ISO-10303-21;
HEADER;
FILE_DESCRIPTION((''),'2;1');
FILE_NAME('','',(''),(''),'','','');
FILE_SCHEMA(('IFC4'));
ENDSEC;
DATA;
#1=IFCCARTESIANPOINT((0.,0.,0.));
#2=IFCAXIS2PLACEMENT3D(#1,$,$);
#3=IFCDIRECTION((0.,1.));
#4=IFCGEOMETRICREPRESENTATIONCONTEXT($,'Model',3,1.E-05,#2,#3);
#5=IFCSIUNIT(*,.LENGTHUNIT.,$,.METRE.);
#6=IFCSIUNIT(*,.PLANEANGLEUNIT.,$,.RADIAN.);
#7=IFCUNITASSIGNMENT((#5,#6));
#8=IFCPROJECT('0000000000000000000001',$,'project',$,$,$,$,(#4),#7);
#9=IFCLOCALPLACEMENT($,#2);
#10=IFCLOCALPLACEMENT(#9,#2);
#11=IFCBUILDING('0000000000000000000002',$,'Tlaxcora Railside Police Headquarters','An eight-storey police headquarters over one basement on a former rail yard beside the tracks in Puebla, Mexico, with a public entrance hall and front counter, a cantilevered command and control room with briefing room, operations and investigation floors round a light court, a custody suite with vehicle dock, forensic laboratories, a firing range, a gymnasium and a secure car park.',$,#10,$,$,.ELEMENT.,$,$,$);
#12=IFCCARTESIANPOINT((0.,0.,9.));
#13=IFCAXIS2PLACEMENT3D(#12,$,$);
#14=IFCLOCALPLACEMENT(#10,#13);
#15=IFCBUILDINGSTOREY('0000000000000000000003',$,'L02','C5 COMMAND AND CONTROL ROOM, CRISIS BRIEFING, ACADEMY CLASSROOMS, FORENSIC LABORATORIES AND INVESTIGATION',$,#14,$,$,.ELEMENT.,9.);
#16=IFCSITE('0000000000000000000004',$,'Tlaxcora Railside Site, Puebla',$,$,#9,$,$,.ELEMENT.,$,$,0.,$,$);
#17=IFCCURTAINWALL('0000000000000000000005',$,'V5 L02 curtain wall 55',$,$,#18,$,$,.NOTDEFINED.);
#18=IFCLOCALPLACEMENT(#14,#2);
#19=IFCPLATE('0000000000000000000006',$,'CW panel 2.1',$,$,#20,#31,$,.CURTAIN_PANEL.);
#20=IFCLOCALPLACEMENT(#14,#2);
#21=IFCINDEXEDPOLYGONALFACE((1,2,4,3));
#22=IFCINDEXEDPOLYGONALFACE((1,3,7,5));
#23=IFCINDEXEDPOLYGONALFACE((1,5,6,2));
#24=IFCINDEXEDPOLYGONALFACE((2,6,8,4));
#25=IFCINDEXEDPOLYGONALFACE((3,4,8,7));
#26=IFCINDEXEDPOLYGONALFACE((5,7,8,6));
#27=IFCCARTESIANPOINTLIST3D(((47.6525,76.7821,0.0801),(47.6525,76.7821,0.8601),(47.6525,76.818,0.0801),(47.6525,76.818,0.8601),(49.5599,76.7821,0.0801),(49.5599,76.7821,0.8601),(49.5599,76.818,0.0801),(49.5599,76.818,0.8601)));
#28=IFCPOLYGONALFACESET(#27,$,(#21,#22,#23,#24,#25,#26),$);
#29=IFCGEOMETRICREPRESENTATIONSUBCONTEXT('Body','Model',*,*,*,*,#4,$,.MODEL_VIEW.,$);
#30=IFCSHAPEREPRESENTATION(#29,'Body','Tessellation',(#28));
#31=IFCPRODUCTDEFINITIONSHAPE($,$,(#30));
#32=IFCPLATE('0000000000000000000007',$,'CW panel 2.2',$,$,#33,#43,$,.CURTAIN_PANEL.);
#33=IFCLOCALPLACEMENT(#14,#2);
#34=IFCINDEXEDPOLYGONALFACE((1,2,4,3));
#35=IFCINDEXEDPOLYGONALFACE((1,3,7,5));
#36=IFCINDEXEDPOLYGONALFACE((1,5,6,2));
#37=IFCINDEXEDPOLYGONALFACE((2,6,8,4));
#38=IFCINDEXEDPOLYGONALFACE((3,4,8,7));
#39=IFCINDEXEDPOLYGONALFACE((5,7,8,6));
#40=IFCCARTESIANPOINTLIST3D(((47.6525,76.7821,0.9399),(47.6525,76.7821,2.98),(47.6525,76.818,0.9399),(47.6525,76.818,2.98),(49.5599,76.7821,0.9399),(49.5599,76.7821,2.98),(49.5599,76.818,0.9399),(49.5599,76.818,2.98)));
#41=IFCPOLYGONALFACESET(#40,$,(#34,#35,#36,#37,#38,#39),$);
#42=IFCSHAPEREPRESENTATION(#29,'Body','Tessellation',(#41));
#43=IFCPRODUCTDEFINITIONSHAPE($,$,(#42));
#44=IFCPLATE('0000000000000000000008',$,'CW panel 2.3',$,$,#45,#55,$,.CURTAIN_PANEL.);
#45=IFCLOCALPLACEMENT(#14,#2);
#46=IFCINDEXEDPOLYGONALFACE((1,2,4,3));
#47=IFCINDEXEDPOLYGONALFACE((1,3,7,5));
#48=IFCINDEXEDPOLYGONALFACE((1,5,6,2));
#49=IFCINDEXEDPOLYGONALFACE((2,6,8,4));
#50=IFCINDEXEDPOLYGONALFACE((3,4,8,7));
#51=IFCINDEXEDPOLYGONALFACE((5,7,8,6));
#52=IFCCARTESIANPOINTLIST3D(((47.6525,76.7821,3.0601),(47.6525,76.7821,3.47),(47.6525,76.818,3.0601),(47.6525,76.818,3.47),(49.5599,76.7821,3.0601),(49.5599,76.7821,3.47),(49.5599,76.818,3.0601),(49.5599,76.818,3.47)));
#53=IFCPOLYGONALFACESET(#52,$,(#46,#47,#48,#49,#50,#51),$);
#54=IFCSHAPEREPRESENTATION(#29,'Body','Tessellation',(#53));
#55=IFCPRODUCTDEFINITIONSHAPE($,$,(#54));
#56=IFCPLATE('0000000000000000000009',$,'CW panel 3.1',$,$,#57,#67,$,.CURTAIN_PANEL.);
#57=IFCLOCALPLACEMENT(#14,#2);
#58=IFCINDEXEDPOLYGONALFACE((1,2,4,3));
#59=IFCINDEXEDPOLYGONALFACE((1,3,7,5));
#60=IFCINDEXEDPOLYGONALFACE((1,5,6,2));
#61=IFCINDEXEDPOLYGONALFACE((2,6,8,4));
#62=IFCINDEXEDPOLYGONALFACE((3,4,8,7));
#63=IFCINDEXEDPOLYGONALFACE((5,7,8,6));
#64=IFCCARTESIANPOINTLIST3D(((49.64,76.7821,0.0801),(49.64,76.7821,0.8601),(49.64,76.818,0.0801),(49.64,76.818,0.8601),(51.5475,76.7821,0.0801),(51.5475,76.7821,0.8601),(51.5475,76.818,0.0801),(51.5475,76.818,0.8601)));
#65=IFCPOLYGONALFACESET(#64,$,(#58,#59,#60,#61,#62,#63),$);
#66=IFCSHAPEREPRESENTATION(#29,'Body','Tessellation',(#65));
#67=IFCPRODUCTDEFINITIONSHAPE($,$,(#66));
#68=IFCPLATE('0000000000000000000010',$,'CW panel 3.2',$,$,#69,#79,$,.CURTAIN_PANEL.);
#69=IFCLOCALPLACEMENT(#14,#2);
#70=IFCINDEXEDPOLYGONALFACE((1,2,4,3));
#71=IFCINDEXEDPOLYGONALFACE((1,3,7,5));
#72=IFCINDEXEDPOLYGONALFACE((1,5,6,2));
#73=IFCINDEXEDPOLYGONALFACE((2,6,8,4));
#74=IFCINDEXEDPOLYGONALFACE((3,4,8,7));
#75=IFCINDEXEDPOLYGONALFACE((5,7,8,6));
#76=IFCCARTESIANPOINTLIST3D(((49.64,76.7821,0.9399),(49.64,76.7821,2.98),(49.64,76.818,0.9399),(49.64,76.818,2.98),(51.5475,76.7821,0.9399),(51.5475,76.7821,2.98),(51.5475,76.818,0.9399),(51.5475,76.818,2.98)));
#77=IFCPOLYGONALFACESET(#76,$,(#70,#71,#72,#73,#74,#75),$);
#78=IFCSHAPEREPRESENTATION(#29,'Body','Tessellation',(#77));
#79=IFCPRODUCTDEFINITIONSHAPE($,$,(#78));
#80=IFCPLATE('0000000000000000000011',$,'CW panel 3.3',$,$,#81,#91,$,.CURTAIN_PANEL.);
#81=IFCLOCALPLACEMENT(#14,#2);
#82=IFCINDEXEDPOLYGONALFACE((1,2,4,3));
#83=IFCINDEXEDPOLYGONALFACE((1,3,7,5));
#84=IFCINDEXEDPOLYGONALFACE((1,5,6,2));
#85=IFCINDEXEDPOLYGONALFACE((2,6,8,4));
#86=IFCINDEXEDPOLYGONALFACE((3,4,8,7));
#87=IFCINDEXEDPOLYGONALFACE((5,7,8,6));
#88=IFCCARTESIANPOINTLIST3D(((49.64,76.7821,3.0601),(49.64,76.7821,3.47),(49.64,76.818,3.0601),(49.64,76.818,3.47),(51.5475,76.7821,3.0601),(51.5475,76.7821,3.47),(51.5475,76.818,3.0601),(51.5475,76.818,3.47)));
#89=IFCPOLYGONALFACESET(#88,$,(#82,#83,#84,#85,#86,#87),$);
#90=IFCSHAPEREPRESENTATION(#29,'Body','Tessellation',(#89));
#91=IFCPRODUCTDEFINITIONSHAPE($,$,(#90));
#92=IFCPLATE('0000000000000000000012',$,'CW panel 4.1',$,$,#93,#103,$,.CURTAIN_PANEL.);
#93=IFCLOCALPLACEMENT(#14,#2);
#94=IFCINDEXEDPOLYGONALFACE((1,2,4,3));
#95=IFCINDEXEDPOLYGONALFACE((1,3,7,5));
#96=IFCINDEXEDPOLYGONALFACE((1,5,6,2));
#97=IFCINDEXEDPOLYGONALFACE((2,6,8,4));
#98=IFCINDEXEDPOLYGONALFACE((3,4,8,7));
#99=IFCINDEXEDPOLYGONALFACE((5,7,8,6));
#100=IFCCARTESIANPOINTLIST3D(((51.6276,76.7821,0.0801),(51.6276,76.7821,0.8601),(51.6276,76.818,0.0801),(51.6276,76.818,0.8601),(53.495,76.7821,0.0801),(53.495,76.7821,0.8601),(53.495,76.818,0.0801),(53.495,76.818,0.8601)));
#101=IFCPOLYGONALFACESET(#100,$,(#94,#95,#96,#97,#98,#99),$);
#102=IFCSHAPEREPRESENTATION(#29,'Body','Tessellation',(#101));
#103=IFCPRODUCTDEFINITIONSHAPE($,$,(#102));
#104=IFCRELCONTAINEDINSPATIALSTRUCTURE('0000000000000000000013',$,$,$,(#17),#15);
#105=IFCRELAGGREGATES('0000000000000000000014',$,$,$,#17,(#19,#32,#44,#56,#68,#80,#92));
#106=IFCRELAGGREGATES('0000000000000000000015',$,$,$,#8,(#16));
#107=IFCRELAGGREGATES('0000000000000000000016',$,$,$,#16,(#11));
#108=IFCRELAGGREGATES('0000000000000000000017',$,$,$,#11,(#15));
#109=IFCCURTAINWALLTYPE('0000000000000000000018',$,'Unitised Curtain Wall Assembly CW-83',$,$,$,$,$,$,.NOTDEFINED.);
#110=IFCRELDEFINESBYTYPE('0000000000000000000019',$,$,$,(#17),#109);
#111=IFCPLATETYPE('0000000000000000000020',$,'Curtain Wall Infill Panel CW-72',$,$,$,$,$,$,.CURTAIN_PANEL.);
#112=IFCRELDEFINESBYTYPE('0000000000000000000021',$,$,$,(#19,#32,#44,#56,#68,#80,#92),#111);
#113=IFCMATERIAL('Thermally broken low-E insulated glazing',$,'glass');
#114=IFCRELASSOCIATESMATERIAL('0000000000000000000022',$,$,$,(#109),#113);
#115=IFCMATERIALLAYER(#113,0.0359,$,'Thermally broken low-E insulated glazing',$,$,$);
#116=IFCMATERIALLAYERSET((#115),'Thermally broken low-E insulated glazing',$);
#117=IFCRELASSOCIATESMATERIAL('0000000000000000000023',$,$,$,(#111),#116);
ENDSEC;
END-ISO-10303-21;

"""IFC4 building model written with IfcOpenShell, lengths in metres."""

from ifc_helpers import new_model, si_unit, direction, frame, origin, origin_2d, place, context, subcontext, project, spatial, rectangle, extrude, material, layer, layer_set, type_object, element, aggregate, save


model = new_model("IFC4")

# Units and contexts
model_context = context("Model", 3, precision=1e-05, world=origin(), true_north=direction((0.0, 1.0)))
body_context = subcontext(model_context, "Body", "Model", "MODEL_VIEW")
ifc_project = project(units=[si_unit("LENGTHUNIT", "METRE"), si_unit("PLANEANGLEUNIT", "RADIAN")], contexts=[model_context])

# Site, building, storey
site_placement = place(None, origin())
site = spatial("IfcSite", under=ifc_project, at=site_placement, Name="Tlaxcora Railside Site, Puebla", CompositionType="ELEMENT", RefElevation=0.0)
building_placement = place(site_placement, origin())
building = spatial("IfcBuilding", under=site, at=building_placement, Name="Tlaxcora Railside Police Headquarters", Description="An eight-storey police headquarters over one basement on a former rail yard beside the tracks in Puebla, Mexico, with a public entrance hall and front counter, a cantilevered command and control room with briefing room, operations and investigation floors round a light court, a custody suite with vehicle dock, forensic laboratories, a firing range, a gymnasium and a secure car park.", CompositionType="ELEMENT")
storey_placement = place(building_placement, frame((0.0, 0.0, 9.0)))
storey = spatial("IfcBuildingStorey", under=building, at=storey_placement, Name="L02", Description="C5 COMMAND AND CONTROL ROOM, CRISIS BRIEFING, ACADEMY CLASSROOMS, FORENSIC LABORATORIES AND INVESTIGATION", CompositionType="ELEMENT", Elevation=9.0)

# Curtain wall, plates
ifc_material_1 = material(Name="Thermally broken low-E insulated glazing", Category="glass")
curtain_wall_type = type_object("IfcCurtainWallType", Name="Unitised Curtain Wall Assembly CW-83", PredefinedType="NOTDEFINED", material=ifc_material_1)
curtain_wall_placement = place(storey_placement, origin())
curtain_wall = element("IfcCurtainWall", 1, at=curtain_wall_placement, inside=storey, type_object=curtain_wall_type, Name="V5 L02 curtain wall 55", PredefinedType="NOTDEFINED")
ifc_layer = layer(ifc_material_1, 0.0359, Name="Thermally broken low-E insulated glazing")
ifc_layer_set = layer_set([ifc_layer], Name="Thermally broken low-E insulated glazing")
plate_type = type_object("IfcPlateType", Name="Curtain Wall Infill Panel CW-72", PredefinedType="CURTAIN_PANEL", material=ifc_layer_set)
plate_1_placement = place(storey_placement, frame((48.6062, 76.8, 0.0801), z_axis=(0.0, 0.0, 1.0), x_axis=(1.0, 0.0, 0.0)))
plate_1 = element("IfcPlate", 2, at=plate_1_placement, type_object=plate_type, Name="CW panel 2.1", PredefinedType="CURTAIN_PANEL", context=body_context, shape_type="SweptSolid", body=[
    extrude(rectangle(XDim=1.9075, YDim=0.0359, at=origin_2d()), origin(), (0.0, 0.0, 1.0), 0.78),
])
plate_2_placement = place(storey_placement, frame((48.6062, 76.8, 0.9399), z_axis=(0.0, 0.0, 1.0), x_axis=(1.0, 0.0, 0.0)))
plate_2 = element("IfcPlate", 3, at=plate_2_placement, type_object=plate_type, Name="CW panel 2.2", PredefinedType="CURTAIN_PANEL", context=body_context, shape_type="SweptSolid", body=[
    extrude(rectangle(XDim=1.9075, YDim=0.0359, at=origin_2d()), origin(), (0.0, 0.0, 1.0), 2.04),
])
plate_3_placement = place(storey_placement, frame((48.6062, 76.8, 3.0601), z_axis=(0.0, 0.0, 1.0), x_axis=(1.0, 0.0, 0.0)))
plate_3 = element("IfcPlate", 4, at=plate_3_placement, type_object=plate_type, Name="CW panel 2.3", PredefinedType="CURTAIN_PANEL", context=body_context, shape_type="SweptSolid", body=[
    extrude(rectangle(XDim=1.9075, YDim=0.0359, at=origin_2d()), origin(), (0.0, 0.0, 1.0), 0.4099),
])
plate_4_placement = place(storey_placement, frame((50.5938, 76.8, 0.0801), z_axis=(0.0, 0.0, 1.0), x_axis=(1.0, 0.0, 0.0)))
plate_4 = element("IfcPlate", 5, at=plate_4_placement, type_object=plate_type, Name="CW panel 3.1", PredefinedType="CURTAIN_PANEL", context=body_context, shape_type="SweptSolid", body=[
    extrude(rectangle(XDim=1.9075, YDim=0.0359, at=origin_2d()), origin(), (0.0, 0.0, 1.0), 0.78),
])
plate_5_placement = place(storey_placement, frame((50.5938, 76.8, 0.9399), z_axis=(0.0, 0.0, 1.0), x_axis=(1.0, 0.0, 0.0)))
plate_5 = element("IfcPlate", 6, at=plate_5_placement, type_object=plate_type, Name="CW panel 3.2", PredefinedType="CURTAIN_PANEL", context=body_context, shape_type="SweptSolid", body=[
    extrude(rectangle(XDim=1.9075, YDim=0.0359, at=origin_2d()), origin(), (0.0, 0.0, 1.0), 2.04),
])
plate_6_placement = place(storey_placement, frame((50.5938, 76.8, 3.0601), z_axis=(0.0, 0.0, 1.0), x_axis=(1.0, 0.0, 0.0)))
plate_6 = element("IfcPlate", 7, at=plate_6_placement, type_object=plate_type, Name="CW panel 3.3", PredefinedType="CURTAIN_PANEL", context=body_context, shape_type="SweptSolid", body=[
    extrude(rectangle(XDim=1.9075, YDim=0.0359, at=origin_2d()), origin(), (0.0, 0.0, 1.0), 0.4099),
])
plate_7_placement = place(storey_placement, frame((52.5613, 76.8, 0.0801), z_axis=(0.0, 0.0, 1.0), x_axis=(1.0, 0.0, 0.0)))
plate_7 = element("IfcPlate", 8, at=plate_7_placement, type_object=plate_type, Name="CW panel 4.1", PredefinedType="CURTAIN_PANEL", context=body_context, shape_type="SweptSolid", body=[
    extrude(rectangle(XDim=1.8674, YDim=0.0359, at=origin_2d()), origin(), (0.0, 0.0, 1.0), 0.78),
])
aggregate(curtain_wall, [plate_1, plate_2, plate_3, plate_4, plate_5, plate_6, plate_7])

save(model, "model.ifc")
